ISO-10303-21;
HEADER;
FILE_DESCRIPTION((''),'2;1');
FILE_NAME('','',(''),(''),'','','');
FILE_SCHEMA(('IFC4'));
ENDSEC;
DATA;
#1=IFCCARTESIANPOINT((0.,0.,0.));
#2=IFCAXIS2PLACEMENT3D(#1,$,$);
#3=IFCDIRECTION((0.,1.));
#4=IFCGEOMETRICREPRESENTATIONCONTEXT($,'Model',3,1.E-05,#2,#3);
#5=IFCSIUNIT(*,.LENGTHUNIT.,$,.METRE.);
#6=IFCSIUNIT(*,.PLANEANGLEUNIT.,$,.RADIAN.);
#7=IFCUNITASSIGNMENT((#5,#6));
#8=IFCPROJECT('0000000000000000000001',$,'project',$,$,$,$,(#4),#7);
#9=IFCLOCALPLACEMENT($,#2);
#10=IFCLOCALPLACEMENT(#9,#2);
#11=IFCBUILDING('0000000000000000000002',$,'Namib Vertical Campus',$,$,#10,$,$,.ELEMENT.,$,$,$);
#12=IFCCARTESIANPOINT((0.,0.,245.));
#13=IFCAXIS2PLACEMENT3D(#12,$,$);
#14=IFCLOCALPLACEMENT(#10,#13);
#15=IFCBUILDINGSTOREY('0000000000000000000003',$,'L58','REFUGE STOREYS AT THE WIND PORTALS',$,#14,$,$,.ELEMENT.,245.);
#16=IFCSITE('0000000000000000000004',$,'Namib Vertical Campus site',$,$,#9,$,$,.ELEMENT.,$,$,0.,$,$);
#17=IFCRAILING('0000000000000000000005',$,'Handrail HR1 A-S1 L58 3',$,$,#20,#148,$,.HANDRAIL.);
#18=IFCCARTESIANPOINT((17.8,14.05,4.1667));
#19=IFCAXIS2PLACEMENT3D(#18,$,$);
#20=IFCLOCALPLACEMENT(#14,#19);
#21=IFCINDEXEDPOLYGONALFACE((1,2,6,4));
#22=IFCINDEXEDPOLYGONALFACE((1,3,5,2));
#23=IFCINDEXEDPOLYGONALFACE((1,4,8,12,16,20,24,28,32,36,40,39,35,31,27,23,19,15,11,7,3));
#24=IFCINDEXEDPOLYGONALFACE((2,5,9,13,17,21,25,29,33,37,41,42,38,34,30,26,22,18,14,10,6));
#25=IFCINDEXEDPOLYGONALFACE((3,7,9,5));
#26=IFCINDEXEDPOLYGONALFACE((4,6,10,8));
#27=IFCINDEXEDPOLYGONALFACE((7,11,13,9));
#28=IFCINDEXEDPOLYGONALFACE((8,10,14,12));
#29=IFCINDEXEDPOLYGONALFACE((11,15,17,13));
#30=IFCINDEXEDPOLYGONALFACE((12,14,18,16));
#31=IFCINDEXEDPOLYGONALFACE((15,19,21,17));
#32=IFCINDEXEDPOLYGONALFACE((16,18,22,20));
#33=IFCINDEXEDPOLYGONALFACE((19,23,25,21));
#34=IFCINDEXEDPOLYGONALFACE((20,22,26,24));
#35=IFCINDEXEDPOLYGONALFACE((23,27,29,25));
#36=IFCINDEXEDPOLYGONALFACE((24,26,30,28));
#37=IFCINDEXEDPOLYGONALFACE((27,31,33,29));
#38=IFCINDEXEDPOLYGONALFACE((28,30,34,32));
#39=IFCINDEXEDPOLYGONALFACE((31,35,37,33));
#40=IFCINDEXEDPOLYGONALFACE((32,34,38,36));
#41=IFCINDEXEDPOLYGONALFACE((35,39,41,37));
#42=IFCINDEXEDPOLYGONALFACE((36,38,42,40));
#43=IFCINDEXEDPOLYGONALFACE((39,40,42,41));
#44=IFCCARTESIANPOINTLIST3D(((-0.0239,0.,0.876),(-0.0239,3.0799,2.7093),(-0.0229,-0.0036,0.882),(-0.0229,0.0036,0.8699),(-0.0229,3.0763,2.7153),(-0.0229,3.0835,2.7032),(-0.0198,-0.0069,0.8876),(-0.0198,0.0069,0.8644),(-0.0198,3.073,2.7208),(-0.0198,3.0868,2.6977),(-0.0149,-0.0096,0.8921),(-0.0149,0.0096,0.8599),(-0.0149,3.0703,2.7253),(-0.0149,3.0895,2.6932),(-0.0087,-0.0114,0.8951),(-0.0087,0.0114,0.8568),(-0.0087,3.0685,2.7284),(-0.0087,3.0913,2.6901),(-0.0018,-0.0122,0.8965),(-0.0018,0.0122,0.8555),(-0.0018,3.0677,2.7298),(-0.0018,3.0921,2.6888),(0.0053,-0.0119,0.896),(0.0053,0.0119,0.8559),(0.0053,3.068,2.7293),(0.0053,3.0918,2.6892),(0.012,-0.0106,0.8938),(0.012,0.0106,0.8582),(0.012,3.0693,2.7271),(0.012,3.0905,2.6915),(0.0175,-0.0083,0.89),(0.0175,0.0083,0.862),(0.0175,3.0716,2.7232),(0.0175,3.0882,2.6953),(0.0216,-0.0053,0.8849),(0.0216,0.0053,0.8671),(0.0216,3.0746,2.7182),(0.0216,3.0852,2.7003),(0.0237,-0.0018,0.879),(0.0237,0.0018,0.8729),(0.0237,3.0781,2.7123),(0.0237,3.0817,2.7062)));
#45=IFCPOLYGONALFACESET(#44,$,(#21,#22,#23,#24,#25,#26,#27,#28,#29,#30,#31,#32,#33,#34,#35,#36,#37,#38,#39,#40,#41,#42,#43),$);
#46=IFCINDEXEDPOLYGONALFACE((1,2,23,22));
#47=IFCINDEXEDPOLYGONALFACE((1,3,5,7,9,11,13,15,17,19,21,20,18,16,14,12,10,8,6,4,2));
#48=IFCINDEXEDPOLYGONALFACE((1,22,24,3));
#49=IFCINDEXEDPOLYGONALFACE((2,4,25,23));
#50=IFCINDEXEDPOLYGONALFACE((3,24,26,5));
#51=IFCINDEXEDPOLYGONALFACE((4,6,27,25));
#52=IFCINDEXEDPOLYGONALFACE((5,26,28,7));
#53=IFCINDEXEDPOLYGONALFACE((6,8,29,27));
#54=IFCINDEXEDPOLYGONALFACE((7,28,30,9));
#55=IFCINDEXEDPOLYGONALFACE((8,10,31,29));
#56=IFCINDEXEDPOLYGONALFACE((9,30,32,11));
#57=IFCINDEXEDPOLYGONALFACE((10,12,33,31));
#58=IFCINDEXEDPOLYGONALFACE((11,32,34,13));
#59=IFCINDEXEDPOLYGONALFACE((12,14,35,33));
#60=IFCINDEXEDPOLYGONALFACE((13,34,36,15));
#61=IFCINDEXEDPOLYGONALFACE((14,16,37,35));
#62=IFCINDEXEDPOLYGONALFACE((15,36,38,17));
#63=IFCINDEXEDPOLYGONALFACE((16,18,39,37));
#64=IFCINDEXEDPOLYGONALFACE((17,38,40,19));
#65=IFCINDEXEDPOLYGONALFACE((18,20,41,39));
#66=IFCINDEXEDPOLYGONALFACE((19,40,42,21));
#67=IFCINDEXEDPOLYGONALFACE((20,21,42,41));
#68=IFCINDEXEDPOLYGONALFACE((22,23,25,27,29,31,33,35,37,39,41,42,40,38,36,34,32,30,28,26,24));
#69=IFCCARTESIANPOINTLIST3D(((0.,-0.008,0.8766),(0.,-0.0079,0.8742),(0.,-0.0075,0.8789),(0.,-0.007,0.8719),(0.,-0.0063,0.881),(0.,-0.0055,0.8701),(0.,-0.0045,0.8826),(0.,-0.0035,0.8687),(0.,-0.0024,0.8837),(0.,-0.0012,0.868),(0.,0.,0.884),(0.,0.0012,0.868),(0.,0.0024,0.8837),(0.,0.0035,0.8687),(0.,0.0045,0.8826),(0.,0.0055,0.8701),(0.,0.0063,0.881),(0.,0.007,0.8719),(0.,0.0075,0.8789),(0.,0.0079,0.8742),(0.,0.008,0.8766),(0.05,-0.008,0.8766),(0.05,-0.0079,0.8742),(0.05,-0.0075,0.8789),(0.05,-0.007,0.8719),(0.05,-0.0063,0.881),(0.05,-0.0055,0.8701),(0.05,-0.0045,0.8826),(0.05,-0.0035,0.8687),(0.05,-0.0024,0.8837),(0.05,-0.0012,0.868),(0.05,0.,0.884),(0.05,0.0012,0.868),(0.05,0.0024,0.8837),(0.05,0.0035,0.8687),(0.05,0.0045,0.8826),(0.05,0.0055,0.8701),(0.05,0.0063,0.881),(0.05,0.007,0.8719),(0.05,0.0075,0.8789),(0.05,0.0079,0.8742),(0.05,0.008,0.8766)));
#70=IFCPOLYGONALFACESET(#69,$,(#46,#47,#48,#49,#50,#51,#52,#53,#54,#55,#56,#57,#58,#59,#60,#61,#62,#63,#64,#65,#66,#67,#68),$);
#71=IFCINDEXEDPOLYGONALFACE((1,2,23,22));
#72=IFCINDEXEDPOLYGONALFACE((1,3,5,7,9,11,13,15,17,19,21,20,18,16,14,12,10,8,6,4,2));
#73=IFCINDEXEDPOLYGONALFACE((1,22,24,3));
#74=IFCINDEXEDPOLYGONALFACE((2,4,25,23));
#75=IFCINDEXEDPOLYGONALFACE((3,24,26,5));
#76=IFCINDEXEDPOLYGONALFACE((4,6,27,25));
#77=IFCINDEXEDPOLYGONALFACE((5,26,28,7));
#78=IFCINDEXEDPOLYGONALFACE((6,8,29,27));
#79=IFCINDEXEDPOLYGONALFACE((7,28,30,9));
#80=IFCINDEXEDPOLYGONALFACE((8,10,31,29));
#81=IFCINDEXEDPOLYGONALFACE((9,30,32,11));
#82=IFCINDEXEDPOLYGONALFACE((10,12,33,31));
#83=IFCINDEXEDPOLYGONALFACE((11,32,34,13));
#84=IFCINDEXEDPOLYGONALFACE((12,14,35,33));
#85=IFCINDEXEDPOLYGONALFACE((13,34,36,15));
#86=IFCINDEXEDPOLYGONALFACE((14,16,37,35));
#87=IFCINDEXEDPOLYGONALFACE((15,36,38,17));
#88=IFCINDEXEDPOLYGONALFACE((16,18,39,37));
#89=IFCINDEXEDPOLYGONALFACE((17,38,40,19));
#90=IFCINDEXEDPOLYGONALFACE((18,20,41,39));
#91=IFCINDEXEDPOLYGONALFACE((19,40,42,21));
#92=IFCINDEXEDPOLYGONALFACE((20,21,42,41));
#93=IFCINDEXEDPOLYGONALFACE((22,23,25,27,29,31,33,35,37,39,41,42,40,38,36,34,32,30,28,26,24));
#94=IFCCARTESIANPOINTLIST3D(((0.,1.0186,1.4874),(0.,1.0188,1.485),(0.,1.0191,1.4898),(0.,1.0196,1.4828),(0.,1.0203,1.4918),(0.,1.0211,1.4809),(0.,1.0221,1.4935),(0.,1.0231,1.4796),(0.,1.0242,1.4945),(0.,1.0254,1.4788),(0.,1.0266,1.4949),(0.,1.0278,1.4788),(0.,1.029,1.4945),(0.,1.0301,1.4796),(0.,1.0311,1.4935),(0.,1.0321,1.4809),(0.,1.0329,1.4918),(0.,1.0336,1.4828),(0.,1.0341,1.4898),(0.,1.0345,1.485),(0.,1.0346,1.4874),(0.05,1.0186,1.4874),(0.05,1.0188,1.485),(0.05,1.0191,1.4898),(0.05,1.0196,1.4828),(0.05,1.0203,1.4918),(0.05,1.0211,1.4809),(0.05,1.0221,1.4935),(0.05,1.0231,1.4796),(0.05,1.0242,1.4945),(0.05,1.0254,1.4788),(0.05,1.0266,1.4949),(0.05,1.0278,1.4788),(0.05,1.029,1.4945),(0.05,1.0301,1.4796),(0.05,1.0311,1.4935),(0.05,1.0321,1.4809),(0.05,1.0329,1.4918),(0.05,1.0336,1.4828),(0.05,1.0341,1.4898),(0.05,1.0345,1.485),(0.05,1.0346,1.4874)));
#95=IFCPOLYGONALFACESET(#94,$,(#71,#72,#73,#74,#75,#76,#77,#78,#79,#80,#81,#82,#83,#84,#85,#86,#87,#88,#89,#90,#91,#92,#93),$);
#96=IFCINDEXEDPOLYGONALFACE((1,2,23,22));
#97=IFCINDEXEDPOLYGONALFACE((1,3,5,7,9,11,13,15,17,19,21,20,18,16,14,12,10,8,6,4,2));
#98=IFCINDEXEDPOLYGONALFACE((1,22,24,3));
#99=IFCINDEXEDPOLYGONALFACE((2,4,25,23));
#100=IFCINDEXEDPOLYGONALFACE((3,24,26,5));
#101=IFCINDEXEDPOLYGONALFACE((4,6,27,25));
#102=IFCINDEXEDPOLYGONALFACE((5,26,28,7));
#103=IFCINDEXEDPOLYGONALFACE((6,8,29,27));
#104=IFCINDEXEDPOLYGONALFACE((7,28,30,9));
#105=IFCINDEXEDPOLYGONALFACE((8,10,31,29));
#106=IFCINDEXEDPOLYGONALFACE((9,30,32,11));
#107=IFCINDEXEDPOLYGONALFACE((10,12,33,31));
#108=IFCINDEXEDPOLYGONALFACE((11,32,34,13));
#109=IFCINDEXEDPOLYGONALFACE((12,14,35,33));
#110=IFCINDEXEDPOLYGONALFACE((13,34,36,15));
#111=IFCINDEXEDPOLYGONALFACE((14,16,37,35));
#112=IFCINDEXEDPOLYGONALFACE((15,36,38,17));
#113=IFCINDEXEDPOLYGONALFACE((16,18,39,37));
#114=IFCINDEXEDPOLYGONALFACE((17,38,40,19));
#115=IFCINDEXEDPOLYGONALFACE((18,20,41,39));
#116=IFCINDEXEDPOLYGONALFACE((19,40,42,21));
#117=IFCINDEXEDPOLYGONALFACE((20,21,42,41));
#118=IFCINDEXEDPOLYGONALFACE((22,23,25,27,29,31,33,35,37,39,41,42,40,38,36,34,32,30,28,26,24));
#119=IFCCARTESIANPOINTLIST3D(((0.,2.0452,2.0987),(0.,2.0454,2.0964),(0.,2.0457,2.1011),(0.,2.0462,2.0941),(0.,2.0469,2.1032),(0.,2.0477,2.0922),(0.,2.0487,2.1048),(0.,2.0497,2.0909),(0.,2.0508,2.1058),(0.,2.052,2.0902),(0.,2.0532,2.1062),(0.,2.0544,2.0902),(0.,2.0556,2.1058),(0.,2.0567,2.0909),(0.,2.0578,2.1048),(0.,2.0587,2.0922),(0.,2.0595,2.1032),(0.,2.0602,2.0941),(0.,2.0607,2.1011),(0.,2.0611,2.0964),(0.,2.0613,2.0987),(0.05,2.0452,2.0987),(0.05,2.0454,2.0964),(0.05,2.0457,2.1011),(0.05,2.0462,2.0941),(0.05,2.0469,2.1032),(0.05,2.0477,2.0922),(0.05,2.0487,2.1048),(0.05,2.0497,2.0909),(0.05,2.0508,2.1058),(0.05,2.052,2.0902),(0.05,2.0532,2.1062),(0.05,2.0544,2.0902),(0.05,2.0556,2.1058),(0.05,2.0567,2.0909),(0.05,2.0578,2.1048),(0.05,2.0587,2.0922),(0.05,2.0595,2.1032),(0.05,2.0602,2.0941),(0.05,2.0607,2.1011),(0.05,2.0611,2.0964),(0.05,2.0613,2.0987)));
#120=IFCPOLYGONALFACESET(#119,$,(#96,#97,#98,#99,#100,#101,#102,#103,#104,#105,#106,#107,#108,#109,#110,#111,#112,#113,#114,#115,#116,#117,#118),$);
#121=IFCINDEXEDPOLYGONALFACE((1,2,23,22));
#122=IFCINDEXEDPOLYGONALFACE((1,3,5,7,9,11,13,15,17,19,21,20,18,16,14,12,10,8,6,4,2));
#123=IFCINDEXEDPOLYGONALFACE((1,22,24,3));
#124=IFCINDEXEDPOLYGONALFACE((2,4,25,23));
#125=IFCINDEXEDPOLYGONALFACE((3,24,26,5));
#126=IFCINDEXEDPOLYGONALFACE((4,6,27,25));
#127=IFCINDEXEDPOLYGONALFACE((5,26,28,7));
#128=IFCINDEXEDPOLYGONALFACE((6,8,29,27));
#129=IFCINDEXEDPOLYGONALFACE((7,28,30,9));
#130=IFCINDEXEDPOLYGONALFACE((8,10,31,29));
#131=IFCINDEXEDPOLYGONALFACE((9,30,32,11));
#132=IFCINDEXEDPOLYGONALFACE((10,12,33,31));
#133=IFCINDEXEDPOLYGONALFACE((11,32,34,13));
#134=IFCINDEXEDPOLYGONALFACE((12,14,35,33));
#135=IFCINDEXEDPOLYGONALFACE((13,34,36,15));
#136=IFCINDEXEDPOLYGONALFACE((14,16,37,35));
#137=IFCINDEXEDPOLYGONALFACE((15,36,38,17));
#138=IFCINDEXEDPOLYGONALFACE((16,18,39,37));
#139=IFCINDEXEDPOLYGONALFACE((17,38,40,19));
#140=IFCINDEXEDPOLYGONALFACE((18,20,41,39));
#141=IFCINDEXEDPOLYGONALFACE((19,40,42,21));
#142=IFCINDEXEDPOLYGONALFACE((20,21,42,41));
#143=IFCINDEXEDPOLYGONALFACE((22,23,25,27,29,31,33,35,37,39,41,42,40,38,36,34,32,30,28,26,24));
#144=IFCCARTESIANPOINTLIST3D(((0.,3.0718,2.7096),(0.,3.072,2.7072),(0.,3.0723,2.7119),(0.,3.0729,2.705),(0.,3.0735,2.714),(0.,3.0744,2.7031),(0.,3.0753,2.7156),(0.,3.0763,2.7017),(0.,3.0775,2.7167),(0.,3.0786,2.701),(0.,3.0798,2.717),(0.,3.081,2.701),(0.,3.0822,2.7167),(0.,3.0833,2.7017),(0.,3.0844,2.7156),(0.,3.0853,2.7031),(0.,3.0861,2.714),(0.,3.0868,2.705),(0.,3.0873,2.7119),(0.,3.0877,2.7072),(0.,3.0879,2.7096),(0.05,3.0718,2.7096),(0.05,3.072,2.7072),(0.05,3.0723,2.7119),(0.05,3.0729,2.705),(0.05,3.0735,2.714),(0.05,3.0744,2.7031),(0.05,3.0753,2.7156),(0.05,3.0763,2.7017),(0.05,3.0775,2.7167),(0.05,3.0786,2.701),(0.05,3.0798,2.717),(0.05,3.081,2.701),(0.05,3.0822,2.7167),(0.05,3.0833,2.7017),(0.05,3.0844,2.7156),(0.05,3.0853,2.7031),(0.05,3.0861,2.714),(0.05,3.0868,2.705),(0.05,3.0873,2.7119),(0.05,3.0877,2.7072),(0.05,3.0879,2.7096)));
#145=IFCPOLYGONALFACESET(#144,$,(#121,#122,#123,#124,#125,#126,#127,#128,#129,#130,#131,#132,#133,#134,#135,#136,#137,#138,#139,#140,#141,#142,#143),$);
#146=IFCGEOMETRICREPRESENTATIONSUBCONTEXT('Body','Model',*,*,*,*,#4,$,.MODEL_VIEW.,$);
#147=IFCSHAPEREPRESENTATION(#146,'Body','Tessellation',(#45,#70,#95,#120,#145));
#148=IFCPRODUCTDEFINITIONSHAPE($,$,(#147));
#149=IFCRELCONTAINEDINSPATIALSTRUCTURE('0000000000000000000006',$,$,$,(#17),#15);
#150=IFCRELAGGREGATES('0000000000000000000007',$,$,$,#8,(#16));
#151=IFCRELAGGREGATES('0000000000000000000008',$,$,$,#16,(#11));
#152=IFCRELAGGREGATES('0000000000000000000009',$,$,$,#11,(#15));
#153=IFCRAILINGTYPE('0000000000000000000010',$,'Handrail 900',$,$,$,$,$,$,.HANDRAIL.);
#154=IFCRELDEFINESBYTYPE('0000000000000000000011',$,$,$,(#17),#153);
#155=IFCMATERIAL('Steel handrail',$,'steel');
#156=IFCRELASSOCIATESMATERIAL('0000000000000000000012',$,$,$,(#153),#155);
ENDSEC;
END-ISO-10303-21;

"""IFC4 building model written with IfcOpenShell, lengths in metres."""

from ifc_helpers import new_model, si_unit, direction, frame, origin, origin_2d, place, context, subcontext, project, spatial, circle, extrude, material, type_object, element, save


model = new_model("IFC4")

# Units and contexts
model_context = context("Model", 3, precision=1e-05, world=origin(), true_north=direction((0.0, 1.0)))
body_context = subcontext(model_context, "Body", "Model", "MODEL_VIEW")
ifc_project = project(units=[si_unit("LENGTHUNIT", "METRE"), si_unit("PLANEANGLEUNIT", "RADIAN")], contexts=[model_context])

# Site, building, storey
site_placement = place(None, origin())
site = spatial("IfcSite", under=ifc_project, at=site_placement, Name="Namib Vertical Campus site", CompositionType="ELEMENT", RefElevation=0.0)
building_placement = place(site_placement, origin())
building = spatial("IfcBuilding", under=site, at=building_placement, Name="Namib Vertical Campus", CompositionType="ELEMENT")
storey_placement = place(building_placement, frame((0.0, 0.0, 245.0)))
storey = spatial("IfcBuildingStorey", under=building, at=storey_placement, Name="L58", Description="REFUGE STOREYS AT THE WIND PORTALS", CompositionType="ELEMENT", Elevation=245.0)

# Railing
ifc_material_1 = material(Name="Steel handrail", Category="steel")
railing_type = type_object("IfcRailingType", Name="Handrail 900", PredefinedType="HANDRAIL", material=ifc_material_1)
for number, where, name in (
    (1, (17.8, 14.05, 4.1667), "Handrail HR1 A-S1 L58 3"),
):
    element("IfcRailing", number, at=place(storey_placement, frame(where)), inside=storey, type_object=railing_type, Name=name, PredefinedType="HANDRAIL", context=body_context, shape_type="SweptSolid", body=[
        extrude(circle(Radius=0.0239, at=origin_2d()), frame((0.0, 0.0, 0.876), z_axis=(0.0, 0.859291, 0.511487), x_axis=(-1.0, 0.0, 0.0)), (0.0, 0.0, 1.0), 3.5842),
        extrude(circle(Radius=0.0081, at=origin_2d()), frame((0.0, 0.0, 0.876), z_axis=(1.0, 0.0, 0.0), x_axis=(0.0, 0.0, 1.0)), (0.0, 0.0, 1.0), 0.05),
        extrude(circle(Radius=0.0081, at=origin_2d()), frame((0.0, 1.0266, 1.4868), z_axis=(1.0, 0.0, 0.0), x_axis=(0.0, 0.0, 1.0)), (0.0, 0.0, 1.0), 0.05),
        extrude(circle(Radius=0.0081, at=origin_2d()), frame((0.0, 2.0532, 2.0981), z_axis=(1.0, 0.0, 0.0), x_axis=(0.0, 0.0, 1.0)), (0.0, 0.0, 1.0), 0.05),
        extrude(circle(Radius=0.0081, at=origin_2d()), frame((0.0, 3.0798, 2.709), z_axis=(1.0, 0.0, 0.0), x_axis=(0.0, 0.0, 1.0)), (0.0, 0.0, 1.0), 0.05),
    ])

save(model, "model.ifc")
